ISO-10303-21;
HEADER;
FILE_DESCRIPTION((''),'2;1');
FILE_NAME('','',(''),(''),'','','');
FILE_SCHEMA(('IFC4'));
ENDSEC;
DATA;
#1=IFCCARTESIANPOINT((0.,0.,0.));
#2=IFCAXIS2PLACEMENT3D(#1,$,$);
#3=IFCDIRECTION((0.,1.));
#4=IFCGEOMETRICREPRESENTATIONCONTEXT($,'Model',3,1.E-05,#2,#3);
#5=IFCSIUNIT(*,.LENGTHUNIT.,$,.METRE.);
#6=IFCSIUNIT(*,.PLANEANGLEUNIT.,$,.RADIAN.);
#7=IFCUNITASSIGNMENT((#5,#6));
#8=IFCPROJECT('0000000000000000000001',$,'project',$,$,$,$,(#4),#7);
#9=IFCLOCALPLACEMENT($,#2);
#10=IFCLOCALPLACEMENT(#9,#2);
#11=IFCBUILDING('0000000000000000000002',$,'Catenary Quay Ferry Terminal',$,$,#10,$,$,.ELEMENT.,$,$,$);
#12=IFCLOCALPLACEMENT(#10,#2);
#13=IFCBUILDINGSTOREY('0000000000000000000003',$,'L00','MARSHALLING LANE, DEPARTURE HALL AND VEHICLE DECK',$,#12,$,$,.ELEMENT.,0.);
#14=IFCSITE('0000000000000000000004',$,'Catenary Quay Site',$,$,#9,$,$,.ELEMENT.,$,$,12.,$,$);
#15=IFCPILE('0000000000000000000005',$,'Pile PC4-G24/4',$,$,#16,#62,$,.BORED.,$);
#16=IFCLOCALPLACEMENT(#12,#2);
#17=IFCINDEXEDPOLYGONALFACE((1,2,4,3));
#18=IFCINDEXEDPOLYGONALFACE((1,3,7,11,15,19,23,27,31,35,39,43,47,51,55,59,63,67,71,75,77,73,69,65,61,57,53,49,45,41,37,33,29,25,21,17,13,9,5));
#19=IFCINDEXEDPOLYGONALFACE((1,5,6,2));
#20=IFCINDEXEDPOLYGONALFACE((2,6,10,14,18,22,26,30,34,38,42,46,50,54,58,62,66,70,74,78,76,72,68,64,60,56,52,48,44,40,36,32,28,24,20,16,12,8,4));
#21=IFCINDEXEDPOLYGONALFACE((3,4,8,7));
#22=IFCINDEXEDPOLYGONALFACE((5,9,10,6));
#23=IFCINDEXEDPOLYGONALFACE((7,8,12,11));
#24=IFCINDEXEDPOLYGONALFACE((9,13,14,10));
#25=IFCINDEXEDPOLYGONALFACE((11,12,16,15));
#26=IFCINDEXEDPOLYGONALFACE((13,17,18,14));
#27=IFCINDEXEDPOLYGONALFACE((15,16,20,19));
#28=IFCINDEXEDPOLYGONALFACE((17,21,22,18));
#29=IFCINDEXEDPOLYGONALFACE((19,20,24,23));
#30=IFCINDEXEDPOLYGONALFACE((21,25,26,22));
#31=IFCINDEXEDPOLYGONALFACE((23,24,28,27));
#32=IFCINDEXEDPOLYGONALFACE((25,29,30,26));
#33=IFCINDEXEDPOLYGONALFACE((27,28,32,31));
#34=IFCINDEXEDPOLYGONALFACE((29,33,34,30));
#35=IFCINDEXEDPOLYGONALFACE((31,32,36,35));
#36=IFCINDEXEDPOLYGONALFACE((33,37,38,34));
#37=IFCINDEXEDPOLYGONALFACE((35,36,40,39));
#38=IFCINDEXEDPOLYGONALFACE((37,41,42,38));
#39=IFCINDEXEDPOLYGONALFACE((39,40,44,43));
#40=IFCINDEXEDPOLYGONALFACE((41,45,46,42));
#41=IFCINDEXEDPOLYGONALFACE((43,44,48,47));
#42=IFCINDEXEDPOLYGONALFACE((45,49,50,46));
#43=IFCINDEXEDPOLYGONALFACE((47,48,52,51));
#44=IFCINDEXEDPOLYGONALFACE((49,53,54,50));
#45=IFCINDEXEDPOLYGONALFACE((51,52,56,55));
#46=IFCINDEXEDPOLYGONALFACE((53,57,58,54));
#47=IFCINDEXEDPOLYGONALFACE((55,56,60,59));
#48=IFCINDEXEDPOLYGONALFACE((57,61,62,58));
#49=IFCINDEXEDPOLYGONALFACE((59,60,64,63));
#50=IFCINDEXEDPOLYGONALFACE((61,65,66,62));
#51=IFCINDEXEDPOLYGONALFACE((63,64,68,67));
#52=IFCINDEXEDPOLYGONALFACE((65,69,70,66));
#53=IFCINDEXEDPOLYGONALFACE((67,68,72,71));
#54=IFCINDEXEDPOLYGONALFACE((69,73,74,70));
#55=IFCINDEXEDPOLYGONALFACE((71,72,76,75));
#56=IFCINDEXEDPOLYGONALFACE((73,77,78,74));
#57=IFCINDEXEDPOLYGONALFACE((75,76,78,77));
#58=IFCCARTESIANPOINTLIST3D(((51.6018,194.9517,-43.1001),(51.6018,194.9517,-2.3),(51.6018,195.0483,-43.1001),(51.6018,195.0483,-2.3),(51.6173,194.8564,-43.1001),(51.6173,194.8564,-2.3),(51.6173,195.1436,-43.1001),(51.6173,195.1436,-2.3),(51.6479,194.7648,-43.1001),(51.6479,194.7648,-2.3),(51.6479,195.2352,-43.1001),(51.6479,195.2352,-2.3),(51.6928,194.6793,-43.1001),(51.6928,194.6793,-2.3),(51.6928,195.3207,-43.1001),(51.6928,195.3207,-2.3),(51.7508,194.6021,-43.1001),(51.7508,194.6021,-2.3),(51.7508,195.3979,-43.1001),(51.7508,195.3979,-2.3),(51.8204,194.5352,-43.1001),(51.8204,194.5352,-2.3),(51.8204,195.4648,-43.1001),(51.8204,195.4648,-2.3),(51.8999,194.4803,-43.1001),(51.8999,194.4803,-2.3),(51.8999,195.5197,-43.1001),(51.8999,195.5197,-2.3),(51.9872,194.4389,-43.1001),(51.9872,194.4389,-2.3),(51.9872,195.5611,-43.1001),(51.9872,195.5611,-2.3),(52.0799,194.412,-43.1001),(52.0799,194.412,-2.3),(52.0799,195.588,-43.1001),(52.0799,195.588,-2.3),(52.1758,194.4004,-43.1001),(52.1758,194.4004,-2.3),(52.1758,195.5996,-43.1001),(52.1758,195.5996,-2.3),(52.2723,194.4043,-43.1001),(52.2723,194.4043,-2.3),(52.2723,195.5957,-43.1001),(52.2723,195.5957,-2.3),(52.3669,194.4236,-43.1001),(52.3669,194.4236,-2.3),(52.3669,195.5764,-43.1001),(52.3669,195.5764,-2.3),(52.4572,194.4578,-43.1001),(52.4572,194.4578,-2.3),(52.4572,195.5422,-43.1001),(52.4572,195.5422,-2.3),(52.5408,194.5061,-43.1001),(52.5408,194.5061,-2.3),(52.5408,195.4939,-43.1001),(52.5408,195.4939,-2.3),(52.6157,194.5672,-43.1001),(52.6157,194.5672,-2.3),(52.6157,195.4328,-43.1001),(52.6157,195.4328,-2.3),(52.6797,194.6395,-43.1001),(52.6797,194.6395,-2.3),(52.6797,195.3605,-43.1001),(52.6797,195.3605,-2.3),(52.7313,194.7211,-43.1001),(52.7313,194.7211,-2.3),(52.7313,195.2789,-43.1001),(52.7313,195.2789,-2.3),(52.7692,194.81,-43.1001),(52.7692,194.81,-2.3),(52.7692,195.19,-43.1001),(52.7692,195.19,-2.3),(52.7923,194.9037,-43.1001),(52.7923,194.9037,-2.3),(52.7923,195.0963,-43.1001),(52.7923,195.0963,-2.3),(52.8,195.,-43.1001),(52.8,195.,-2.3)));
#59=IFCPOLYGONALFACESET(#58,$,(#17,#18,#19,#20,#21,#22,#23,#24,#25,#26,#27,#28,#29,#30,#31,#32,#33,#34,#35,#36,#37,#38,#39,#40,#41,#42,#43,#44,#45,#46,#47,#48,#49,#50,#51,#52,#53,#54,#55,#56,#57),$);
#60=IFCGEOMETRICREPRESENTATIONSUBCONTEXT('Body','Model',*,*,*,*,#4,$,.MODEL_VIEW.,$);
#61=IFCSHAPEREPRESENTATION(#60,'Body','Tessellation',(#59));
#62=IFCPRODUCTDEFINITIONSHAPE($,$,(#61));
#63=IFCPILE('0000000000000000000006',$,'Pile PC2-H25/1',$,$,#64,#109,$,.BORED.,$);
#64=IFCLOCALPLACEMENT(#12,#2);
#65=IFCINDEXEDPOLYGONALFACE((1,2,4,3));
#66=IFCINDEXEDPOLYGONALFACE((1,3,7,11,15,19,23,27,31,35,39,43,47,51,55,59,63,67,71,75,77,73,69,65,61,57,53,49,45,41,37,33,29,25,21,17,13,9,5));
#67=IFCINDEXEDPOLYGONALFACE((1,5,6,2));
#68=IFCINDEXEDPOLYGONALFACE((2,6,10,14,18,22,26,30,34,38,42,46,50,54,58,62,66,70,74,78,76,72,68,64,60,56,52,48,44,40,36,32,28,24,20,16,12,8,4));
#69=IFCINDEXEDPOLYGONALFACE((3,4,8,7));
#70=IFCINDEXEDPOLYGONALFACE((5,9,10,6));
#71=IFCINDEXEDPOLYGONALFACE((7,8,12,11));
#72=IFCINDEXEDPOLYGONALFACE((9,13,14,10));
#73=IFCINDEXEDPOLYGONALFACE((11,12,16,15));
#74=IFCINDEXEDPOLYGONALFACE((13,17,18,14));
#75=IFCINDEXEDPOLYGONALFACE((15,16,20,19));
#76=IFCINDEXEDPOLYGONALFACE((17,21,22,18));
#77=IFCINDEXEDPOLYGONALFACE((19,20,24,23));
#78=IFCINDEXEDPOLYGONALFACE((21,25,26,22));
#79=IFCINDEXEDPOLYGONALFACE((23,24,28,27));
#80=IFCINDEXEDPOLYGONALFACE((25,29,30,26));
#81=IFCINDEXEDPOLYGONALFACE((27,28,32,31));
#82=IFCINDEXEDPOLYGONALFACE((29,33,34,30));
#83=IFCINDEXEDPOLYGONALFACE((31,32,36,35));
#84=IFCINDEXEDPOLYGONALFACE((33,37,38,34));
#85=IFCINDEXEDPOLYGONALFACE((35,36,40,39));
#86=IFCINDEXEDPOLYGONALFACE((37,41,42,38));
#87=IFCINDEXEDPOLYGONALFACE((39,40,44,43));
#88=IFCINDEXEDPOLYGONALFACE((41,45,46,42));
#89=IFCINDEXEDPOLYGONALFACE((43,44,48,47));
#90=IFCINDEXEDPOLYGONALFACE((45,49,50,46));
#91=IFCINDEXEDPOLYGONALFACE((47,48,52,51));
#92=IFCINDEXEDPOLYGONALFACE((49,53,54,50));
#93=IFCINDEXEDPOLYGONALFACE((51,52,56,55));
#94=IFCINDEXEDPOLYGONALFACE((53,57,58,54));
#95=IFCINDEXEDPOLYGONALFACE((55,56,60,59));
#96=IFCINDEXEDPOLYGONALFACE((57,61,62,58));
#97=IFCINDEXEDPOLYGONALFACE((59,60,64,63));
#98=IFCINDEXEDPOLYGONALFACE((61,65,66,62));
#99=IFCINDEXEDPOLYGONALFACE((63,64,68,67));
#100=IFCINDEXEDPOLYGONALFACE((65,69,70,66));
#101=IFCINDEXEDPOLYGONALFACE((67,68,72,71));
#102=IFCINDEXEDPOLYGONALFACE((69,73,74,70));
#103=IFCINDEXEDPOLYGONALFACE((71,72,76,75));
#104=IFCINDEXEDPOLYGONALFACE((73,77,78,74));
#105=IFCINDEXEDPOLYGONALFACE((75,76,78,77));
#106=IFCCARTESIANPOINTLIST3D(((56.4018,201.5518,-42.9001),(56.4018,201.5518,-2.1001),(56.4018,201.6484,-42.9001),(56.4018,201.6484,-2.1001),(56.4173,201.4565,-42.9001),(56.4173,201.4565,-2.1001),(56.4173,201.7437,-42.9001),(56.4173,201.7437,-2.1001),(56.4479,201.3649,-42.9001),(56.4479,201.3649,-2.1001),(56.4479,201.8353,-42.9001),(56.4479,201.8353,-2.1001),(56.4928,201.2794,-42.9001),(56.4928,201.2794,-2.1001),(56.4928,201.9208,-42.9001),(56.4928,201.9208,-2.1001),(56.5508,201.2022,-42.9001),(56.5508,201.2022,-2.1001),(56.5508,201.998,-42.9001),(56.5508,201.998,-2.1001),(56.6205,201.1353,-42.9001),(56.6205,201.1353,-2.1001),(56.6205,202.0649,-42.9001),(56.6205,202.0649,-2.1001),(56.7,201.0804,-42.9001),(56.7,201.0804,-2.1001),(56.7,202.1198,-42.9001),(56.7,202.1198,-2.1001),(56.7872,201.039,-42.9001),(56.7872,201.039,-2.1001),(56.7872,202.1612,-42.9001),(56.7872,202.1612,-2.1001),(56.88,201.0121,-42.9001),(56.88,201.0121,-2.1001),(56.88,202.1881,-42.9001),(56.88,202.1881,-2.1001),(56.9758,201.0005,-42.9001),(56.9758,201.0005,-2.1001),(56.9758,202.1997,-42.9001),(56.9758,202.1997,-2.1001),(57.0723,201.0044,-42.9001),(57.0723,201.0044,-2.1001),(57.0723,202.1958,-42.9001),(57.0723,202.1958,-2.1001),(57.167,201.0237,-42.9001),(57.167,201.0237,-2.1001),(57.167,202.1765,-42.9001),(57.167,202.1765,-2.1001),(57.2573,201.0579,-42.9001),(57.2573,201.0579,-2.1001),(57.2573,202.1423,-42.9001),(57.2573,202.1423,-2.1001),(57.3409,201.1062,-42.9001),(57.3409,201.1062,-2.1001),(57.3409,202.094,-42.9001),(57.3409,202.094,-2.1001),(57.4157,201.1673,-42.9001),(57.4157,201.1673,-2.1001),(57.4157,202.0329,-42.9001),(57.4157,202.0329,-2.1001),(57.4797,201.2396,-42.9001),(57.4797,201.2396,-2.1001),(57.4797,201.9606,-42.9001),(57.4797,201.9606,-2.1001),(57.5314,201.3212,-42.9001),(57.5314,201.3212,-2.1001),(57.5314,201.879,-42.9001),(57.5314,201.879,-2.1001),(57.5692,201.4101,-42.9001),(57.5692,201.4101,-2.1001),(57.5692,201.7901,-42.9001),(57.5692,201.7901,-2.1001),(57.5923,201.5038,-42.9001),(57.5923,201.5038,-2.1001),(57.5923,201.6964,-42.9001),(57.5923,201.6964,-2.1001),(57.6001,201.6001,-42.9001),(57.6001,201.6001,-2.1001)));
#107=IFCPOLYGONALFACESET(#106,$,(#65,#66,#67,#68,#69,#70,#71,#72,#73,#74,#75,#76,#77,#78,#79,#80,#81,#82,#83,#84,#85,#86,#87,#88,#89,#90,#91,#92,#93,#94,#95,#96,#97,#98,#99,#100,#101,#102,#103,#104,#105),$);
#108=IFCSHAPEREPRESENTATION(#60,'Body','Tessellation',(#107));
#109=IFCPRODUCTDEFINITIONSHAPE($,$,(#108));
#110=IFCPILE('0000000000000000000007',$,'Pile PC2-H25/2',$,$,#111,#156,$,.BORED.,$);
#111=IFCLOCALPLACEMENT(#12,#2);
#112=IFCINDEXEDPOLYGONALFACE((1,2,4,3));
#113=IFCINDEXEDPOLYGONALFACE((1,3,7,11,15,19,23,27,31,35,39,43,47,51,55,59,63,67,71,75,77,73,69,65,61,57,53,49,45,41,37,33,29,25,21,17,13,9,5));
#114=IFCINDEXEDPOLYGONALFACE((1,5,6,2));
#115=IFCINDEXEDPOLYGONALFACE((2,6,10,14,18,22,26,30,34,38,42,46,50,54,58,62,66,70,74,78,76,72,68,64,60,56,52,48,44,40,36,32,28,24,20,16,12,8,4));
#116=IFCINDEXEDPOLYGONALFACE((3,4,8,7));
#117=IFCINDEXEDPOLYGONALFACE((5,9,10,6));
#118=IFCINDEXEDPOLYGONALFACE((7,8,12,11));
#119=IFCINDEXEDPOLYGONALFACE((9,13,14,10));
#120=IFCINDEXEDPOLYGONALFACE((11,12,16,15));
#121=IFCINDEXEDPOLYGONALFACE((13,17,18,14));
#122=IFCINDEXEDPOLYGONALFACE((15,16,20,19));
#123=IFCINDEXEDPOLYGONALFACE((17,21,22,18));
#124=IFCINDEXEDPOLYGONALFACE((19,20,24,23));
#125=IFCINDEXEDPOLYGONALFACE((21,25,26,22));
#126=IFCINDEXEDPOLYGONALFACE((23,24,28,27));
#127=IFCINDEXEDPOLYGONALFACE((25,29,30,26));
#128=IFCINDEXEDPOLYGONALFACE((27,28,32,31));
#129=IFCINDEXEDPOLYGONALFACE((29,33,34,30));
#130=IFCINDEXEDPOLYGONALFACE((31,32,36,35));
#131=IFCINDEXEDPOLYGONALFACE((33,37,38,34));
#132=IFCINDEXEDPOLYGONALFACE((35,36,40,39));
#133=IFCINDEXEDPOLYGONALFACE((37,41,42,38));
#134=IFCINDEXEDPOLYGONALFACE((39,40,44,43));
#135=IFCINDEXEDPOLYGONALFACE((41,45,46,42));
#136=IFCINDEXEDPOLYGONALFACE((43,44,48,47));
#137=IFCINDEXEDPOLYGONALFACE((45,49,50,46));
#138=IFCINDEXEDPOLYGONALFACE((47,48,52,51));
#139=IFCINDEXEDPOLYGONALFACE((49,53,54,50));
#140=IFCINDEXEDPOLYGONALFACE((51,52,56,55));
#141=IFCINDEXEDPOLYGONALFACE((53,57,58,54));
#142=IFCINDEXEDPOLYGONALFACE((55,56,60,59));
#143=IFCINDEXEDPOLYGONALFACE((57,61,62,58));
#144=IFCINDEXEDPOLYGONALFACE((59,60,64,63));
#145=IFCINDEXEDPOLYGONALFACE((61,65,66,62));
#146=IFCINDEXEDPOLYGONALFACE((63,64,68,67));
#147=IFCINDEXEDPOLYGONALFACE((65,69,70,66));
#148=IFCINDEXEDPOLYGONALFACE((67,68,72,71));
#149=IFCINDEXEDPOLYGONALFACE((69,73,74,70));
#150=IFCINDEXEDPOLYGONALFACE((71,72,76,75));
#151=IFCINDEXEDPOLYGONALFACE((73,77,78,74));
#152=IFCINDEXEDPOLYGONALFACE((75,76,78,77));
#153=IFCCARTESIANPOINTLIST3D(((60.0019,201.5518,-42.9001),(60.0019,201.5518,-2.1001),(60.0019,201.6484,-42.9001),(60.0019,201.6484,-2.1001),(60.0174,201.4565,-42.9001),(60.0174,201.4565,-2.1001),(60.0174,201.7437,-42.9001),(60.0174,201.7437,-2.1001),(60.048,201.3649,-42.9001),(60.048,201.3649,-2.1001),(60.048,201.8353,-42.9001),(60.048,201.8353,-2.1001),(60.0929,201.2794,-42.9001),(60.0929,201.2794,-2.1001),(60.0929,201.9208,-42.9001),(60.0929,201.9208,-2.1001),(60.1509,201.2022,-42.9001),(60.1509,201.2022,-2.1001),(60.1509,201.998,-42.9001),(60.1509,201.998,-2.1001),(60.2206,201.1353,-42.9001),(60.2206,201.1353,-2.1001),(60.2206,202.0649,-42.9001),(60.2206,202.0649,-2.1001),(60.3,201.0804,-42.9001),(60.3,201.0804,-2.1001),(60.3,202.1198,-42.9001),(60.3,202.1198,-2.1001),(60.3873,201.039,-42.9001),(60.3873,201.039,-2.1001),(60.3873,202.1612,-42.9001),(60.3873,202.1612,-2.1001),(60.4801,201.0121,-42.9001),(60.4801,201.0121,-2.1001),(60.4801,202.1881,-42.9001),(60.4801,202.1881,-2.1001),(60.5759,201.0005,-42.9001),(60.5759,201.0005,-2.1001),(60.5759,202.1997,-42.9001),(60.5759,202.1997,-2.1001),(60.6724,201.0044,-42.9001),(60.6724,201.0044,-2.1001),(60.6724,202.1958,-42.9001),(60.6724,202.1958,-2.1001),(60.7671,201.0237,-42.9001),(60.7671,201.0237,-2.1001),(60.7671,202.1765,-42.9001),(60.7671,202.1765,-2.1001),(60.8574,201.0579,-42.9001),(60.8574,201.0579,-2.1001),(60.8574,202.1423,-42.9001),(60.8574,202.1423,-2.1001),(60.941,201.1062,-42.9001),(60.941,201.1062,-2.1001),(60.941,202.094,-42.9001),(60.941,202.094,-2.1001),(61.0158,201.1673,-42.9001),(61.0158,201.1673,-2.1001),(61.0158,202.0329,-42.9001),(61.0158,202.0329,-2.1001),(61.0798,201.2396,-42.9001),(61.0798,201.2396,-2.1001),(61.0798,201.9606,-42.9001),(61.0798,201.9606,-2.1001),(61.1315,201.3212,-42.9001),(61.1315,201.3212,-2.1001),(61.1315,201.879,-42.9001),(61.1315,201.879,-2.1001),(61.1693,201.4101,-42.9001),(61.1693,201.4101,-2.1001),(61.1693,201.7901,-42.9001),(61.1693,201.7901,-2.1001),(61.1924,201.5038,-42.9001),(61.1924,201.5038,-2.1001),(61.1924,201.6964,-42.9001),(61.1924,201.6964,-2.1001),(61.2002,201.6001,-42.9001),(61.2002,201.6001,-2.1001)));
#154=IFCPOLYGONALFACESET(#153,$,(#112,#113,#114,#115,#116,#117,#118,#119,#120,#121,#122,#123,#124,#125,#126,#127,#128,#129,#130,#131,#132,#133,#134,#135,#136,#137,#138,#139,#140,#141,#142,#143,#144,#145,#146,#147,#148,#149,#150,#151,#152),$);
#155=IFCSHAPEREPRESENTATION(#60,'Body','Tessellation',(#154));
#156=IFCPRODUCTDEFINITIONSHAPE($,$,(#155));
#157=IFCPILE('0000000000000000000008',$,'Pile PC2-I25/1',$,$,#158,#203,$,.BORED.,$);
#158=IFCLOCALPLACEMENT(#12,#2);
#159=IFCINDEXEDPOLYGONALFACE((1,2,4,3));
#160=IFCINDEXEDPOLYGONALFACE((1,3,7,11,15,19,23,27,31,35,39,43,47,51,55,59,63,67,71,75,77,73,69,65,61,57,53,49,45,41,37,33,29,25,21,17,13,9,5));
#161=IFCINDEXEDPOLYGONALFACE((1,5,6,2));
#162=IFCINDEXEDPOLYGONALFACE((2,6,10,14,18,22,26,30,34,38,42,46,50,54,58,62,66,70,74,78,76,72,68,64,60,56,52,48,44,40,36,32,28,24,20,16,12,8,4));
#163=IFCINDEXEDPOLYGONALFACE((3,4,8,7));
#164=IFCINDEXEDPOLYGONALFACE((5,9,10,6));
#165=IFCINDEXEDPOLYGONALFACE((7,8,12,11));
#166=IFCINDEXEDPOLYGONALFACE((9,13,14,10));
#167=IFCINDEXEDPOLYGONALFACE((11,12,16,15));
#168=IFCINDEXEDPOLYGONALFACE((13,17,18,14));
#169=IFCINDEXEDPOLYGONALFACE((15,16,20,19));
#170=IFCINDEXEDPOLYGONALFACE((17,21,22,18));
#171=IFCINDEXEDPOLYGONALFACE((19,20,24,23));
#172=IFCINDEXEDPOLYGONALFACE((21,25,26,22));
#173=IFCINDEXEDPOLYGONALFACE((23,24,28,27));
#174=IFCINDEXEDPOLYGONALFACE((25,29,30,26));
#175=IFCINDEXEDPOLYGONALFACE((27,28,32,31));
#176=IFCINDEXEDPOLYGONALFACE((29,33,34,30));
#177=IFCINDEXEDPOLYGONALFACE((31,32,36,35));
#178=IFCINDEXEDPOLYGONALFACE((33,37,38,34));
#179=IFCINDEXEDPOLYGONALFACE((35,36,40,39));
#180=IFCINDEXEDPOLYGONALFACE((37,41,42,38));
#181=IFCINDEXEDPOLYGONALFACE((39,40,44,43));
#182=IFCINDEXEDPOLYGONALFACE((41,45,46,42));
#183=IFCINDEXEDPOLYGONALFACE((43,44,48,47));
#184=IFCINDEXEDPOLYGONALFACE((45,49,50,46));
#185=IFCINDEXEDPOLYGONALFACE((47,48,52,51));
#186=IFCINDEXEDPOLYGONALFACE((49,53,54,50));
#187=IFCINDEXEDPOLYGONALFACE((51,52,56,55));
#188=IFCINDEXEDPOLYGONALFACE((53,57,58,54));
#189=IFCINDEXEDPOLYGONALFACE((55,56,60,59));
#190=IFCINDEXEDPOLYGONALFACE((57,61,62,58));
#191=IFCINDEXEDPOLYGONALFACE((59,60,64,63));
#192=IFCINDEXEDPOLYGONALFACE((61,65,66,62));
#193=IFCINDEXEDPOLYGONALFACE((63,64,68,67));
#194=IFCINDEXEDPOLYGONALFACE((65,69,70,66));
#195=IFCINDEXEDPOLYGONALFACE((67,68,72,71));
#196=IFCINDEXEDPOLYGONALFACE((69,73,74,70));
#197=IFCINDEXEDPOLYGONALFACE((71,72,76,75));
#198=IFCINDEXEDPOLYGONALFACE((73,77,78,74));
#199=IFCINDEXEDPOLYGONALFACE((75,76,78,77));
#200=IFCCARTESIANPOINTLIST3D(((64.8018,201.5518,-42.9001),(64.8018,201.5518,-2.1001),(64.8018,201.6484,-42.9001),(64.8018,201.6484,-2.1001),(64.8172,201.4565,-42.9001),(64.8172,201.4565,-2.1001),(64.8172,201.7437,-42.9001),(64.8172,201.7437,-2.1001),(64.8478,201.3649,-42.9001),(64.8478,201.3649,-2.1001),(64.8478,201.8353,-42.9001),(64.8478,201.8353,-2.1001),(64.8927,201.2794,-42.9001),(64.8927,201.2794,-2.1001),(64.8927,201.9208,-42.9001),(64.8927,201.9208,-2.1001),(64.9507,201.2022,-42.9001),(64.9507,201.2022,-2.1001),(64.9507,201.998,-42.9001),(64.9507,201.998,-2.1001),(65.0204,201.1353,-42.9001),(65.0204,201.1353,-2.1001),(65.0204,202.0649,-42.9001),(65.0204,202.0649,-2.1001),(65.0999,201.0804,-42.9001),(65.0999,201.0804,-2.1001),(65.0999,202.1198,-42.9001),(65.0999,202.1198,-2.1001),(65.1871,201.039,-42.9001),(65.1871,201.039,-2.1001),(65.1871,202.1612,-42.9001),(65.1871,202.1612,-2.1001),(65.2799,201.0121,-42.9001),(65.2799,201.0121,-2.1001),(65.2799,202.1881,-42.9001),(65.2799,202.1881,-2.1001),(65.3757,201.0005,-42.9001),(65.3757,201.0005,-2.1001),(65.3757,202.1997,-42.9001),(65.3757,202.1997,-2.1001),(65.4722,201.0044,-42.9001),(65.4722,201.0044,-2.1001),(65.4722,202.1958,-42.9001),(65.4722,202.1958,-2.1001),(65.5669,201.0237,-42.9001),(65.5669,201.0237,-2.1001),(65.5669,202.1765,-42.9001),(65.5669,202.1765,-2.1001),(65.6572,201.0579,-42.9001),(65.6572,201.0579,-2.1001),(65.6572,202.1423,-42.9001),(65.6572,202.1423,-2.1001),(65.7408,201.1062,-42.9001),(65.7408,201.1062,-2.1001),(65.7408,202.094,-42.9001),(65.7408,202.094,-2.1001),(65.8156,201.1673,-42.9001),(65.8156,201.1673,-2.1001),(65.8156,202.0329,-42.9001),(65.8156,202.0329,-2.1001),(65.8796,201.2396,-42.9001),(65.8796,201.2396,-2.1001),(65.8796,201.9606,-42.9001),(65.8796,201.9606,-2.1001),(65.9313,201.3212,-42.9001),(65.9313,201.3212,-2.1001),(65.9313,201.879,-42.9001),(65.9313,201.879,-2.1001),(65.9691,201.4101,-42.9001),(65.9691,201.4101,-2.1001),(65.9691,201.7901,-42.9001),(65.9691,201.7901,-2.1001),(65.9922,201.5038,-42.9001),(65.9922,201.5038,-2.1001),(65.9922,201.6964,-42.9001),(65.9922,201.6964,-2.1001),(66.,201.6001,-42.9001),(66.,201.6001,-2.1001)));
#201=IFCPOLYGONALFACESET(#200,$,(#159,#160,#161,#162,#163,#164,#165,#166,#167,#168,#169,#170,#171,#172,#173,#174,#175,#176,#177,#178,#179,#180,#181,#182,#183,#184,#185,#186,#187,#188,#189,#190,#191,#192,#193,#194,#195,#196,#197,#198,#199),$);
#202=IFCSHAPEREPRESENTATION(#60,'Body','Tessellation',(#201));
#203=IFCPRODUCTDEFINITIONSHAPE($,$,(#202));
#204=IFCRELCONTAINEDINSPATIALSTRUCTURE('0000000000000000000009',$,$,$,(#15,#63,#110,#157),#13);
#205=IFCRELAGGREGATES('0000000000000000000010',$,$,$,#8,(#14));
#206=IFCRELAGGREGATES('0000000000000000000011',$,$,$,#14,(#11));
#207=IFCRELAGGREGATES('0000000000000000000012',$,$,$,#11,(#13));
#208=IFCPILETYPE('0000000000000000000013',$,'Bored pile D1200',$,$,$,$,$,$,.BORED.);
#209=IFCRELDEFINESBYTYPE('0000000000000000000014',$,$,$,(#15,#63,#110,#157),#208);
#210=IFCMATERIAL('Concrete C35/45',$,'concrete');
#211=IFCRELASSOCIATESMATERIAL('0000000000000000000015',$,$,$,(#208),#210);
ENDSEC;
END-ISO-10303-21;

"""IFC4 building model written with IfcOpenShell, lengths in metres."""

from ifc_helpers import new_model, si_unit, direction, frame, origin, origin_2d, place, context, subcontext, project, spatial, circle, extrude, material, material_profile, profile_set, type_object, element, save


model = new_model("IFC4")

# Units and contexts
model_context = context("Model", 3, precision=1e-05, world=origin(), true_north=direction((0.0, 1.0)))
body_context = subcontext(model_context, "Body", "Model", "MODEL_VIEW")
ifc_project = project(units=[si_unit("LENGTHUNIT", "METRE"), si_unit("PLANEANGLEUNIT", "RADIAN")], contexts=[model_context])

# Site, building, storey
site_placement = place(None, origin())
site = spatial("IfcSite", under=ifc_project, at=site_placement, Name="Catenary Quay Site", CompositionType="ELEMENT", RefElevation=12.0)
building_placement = place(site_placement, origin())
building = spatial("IfcBuilding", under=site, at=building_placement, Name="Catenary Quay Ferry Terminal", CompositionType="ELEMENT")
storey_placement = place(building_placement, origin())
storey = spatial("IfcBuildingStorey", under=building, at=storey_placement, Name="L00", Description="MARSHALLING LANE, DEPARTURE HALL AND VEHICLE DECK", CompositionType="ELEMENT", Elevation=0.0)

# Piles
ifc_material_1 = material(Name="Concrete C35/45", Category="concrete")
ifc_material_profile_1 = material_profile(ifc_material_1, circle(Radius=0.6001, at=origin_2d()), Name="D1200")
ifc_profile_set_1 = profile_set([ifc_material_profile_1], Name="Concrete C35/45")
pile_type = type_object("IfcPileType", Name="Bored pile D1200", PredefinedType="BORED", material=ifc_profile_set_1)
for number, where, z_axis, x_axis, name in (
    (1, (52.2, 195.0, -2.3), (0.0, 0.0, -1.0), (1.0, 0.0, 0.0), "Pile PC4-G24/4"),
    (2, (57.0, 201.6001, -2.1001), (0.0, 0.0, -1.0), (1.0, 0.0, 0.0), "Pile PC2-H25/1"),
    (3, (60.6001, 201.6001, -2.1001), (0.0, 0.0, -1.0), (1.0, 0.0, 0.0), "Pile PC2-H25/2"),
    (4, (65.3999, 201.6001, -2.1001), (0.0, 0.0, -1.0), (1.0, 0.0, 0.0), "Pile PC2-I25/1"),
):
    element("IfcPile", number, at=place(storey_placement, frame(where, z_axis=z_axis, x_axis=x_axis)), inside=storey, type_object=pile_type, Name=name, PredefinedType="BORED", context=body_context, shape_type="SweptSolid", body=[
        extrude(circle(Radius=0.6001, at=origin_2d()), origin(), (0.0, 0.0, 1.0), 40.8),
    ])

save(model, "model.ifc")
